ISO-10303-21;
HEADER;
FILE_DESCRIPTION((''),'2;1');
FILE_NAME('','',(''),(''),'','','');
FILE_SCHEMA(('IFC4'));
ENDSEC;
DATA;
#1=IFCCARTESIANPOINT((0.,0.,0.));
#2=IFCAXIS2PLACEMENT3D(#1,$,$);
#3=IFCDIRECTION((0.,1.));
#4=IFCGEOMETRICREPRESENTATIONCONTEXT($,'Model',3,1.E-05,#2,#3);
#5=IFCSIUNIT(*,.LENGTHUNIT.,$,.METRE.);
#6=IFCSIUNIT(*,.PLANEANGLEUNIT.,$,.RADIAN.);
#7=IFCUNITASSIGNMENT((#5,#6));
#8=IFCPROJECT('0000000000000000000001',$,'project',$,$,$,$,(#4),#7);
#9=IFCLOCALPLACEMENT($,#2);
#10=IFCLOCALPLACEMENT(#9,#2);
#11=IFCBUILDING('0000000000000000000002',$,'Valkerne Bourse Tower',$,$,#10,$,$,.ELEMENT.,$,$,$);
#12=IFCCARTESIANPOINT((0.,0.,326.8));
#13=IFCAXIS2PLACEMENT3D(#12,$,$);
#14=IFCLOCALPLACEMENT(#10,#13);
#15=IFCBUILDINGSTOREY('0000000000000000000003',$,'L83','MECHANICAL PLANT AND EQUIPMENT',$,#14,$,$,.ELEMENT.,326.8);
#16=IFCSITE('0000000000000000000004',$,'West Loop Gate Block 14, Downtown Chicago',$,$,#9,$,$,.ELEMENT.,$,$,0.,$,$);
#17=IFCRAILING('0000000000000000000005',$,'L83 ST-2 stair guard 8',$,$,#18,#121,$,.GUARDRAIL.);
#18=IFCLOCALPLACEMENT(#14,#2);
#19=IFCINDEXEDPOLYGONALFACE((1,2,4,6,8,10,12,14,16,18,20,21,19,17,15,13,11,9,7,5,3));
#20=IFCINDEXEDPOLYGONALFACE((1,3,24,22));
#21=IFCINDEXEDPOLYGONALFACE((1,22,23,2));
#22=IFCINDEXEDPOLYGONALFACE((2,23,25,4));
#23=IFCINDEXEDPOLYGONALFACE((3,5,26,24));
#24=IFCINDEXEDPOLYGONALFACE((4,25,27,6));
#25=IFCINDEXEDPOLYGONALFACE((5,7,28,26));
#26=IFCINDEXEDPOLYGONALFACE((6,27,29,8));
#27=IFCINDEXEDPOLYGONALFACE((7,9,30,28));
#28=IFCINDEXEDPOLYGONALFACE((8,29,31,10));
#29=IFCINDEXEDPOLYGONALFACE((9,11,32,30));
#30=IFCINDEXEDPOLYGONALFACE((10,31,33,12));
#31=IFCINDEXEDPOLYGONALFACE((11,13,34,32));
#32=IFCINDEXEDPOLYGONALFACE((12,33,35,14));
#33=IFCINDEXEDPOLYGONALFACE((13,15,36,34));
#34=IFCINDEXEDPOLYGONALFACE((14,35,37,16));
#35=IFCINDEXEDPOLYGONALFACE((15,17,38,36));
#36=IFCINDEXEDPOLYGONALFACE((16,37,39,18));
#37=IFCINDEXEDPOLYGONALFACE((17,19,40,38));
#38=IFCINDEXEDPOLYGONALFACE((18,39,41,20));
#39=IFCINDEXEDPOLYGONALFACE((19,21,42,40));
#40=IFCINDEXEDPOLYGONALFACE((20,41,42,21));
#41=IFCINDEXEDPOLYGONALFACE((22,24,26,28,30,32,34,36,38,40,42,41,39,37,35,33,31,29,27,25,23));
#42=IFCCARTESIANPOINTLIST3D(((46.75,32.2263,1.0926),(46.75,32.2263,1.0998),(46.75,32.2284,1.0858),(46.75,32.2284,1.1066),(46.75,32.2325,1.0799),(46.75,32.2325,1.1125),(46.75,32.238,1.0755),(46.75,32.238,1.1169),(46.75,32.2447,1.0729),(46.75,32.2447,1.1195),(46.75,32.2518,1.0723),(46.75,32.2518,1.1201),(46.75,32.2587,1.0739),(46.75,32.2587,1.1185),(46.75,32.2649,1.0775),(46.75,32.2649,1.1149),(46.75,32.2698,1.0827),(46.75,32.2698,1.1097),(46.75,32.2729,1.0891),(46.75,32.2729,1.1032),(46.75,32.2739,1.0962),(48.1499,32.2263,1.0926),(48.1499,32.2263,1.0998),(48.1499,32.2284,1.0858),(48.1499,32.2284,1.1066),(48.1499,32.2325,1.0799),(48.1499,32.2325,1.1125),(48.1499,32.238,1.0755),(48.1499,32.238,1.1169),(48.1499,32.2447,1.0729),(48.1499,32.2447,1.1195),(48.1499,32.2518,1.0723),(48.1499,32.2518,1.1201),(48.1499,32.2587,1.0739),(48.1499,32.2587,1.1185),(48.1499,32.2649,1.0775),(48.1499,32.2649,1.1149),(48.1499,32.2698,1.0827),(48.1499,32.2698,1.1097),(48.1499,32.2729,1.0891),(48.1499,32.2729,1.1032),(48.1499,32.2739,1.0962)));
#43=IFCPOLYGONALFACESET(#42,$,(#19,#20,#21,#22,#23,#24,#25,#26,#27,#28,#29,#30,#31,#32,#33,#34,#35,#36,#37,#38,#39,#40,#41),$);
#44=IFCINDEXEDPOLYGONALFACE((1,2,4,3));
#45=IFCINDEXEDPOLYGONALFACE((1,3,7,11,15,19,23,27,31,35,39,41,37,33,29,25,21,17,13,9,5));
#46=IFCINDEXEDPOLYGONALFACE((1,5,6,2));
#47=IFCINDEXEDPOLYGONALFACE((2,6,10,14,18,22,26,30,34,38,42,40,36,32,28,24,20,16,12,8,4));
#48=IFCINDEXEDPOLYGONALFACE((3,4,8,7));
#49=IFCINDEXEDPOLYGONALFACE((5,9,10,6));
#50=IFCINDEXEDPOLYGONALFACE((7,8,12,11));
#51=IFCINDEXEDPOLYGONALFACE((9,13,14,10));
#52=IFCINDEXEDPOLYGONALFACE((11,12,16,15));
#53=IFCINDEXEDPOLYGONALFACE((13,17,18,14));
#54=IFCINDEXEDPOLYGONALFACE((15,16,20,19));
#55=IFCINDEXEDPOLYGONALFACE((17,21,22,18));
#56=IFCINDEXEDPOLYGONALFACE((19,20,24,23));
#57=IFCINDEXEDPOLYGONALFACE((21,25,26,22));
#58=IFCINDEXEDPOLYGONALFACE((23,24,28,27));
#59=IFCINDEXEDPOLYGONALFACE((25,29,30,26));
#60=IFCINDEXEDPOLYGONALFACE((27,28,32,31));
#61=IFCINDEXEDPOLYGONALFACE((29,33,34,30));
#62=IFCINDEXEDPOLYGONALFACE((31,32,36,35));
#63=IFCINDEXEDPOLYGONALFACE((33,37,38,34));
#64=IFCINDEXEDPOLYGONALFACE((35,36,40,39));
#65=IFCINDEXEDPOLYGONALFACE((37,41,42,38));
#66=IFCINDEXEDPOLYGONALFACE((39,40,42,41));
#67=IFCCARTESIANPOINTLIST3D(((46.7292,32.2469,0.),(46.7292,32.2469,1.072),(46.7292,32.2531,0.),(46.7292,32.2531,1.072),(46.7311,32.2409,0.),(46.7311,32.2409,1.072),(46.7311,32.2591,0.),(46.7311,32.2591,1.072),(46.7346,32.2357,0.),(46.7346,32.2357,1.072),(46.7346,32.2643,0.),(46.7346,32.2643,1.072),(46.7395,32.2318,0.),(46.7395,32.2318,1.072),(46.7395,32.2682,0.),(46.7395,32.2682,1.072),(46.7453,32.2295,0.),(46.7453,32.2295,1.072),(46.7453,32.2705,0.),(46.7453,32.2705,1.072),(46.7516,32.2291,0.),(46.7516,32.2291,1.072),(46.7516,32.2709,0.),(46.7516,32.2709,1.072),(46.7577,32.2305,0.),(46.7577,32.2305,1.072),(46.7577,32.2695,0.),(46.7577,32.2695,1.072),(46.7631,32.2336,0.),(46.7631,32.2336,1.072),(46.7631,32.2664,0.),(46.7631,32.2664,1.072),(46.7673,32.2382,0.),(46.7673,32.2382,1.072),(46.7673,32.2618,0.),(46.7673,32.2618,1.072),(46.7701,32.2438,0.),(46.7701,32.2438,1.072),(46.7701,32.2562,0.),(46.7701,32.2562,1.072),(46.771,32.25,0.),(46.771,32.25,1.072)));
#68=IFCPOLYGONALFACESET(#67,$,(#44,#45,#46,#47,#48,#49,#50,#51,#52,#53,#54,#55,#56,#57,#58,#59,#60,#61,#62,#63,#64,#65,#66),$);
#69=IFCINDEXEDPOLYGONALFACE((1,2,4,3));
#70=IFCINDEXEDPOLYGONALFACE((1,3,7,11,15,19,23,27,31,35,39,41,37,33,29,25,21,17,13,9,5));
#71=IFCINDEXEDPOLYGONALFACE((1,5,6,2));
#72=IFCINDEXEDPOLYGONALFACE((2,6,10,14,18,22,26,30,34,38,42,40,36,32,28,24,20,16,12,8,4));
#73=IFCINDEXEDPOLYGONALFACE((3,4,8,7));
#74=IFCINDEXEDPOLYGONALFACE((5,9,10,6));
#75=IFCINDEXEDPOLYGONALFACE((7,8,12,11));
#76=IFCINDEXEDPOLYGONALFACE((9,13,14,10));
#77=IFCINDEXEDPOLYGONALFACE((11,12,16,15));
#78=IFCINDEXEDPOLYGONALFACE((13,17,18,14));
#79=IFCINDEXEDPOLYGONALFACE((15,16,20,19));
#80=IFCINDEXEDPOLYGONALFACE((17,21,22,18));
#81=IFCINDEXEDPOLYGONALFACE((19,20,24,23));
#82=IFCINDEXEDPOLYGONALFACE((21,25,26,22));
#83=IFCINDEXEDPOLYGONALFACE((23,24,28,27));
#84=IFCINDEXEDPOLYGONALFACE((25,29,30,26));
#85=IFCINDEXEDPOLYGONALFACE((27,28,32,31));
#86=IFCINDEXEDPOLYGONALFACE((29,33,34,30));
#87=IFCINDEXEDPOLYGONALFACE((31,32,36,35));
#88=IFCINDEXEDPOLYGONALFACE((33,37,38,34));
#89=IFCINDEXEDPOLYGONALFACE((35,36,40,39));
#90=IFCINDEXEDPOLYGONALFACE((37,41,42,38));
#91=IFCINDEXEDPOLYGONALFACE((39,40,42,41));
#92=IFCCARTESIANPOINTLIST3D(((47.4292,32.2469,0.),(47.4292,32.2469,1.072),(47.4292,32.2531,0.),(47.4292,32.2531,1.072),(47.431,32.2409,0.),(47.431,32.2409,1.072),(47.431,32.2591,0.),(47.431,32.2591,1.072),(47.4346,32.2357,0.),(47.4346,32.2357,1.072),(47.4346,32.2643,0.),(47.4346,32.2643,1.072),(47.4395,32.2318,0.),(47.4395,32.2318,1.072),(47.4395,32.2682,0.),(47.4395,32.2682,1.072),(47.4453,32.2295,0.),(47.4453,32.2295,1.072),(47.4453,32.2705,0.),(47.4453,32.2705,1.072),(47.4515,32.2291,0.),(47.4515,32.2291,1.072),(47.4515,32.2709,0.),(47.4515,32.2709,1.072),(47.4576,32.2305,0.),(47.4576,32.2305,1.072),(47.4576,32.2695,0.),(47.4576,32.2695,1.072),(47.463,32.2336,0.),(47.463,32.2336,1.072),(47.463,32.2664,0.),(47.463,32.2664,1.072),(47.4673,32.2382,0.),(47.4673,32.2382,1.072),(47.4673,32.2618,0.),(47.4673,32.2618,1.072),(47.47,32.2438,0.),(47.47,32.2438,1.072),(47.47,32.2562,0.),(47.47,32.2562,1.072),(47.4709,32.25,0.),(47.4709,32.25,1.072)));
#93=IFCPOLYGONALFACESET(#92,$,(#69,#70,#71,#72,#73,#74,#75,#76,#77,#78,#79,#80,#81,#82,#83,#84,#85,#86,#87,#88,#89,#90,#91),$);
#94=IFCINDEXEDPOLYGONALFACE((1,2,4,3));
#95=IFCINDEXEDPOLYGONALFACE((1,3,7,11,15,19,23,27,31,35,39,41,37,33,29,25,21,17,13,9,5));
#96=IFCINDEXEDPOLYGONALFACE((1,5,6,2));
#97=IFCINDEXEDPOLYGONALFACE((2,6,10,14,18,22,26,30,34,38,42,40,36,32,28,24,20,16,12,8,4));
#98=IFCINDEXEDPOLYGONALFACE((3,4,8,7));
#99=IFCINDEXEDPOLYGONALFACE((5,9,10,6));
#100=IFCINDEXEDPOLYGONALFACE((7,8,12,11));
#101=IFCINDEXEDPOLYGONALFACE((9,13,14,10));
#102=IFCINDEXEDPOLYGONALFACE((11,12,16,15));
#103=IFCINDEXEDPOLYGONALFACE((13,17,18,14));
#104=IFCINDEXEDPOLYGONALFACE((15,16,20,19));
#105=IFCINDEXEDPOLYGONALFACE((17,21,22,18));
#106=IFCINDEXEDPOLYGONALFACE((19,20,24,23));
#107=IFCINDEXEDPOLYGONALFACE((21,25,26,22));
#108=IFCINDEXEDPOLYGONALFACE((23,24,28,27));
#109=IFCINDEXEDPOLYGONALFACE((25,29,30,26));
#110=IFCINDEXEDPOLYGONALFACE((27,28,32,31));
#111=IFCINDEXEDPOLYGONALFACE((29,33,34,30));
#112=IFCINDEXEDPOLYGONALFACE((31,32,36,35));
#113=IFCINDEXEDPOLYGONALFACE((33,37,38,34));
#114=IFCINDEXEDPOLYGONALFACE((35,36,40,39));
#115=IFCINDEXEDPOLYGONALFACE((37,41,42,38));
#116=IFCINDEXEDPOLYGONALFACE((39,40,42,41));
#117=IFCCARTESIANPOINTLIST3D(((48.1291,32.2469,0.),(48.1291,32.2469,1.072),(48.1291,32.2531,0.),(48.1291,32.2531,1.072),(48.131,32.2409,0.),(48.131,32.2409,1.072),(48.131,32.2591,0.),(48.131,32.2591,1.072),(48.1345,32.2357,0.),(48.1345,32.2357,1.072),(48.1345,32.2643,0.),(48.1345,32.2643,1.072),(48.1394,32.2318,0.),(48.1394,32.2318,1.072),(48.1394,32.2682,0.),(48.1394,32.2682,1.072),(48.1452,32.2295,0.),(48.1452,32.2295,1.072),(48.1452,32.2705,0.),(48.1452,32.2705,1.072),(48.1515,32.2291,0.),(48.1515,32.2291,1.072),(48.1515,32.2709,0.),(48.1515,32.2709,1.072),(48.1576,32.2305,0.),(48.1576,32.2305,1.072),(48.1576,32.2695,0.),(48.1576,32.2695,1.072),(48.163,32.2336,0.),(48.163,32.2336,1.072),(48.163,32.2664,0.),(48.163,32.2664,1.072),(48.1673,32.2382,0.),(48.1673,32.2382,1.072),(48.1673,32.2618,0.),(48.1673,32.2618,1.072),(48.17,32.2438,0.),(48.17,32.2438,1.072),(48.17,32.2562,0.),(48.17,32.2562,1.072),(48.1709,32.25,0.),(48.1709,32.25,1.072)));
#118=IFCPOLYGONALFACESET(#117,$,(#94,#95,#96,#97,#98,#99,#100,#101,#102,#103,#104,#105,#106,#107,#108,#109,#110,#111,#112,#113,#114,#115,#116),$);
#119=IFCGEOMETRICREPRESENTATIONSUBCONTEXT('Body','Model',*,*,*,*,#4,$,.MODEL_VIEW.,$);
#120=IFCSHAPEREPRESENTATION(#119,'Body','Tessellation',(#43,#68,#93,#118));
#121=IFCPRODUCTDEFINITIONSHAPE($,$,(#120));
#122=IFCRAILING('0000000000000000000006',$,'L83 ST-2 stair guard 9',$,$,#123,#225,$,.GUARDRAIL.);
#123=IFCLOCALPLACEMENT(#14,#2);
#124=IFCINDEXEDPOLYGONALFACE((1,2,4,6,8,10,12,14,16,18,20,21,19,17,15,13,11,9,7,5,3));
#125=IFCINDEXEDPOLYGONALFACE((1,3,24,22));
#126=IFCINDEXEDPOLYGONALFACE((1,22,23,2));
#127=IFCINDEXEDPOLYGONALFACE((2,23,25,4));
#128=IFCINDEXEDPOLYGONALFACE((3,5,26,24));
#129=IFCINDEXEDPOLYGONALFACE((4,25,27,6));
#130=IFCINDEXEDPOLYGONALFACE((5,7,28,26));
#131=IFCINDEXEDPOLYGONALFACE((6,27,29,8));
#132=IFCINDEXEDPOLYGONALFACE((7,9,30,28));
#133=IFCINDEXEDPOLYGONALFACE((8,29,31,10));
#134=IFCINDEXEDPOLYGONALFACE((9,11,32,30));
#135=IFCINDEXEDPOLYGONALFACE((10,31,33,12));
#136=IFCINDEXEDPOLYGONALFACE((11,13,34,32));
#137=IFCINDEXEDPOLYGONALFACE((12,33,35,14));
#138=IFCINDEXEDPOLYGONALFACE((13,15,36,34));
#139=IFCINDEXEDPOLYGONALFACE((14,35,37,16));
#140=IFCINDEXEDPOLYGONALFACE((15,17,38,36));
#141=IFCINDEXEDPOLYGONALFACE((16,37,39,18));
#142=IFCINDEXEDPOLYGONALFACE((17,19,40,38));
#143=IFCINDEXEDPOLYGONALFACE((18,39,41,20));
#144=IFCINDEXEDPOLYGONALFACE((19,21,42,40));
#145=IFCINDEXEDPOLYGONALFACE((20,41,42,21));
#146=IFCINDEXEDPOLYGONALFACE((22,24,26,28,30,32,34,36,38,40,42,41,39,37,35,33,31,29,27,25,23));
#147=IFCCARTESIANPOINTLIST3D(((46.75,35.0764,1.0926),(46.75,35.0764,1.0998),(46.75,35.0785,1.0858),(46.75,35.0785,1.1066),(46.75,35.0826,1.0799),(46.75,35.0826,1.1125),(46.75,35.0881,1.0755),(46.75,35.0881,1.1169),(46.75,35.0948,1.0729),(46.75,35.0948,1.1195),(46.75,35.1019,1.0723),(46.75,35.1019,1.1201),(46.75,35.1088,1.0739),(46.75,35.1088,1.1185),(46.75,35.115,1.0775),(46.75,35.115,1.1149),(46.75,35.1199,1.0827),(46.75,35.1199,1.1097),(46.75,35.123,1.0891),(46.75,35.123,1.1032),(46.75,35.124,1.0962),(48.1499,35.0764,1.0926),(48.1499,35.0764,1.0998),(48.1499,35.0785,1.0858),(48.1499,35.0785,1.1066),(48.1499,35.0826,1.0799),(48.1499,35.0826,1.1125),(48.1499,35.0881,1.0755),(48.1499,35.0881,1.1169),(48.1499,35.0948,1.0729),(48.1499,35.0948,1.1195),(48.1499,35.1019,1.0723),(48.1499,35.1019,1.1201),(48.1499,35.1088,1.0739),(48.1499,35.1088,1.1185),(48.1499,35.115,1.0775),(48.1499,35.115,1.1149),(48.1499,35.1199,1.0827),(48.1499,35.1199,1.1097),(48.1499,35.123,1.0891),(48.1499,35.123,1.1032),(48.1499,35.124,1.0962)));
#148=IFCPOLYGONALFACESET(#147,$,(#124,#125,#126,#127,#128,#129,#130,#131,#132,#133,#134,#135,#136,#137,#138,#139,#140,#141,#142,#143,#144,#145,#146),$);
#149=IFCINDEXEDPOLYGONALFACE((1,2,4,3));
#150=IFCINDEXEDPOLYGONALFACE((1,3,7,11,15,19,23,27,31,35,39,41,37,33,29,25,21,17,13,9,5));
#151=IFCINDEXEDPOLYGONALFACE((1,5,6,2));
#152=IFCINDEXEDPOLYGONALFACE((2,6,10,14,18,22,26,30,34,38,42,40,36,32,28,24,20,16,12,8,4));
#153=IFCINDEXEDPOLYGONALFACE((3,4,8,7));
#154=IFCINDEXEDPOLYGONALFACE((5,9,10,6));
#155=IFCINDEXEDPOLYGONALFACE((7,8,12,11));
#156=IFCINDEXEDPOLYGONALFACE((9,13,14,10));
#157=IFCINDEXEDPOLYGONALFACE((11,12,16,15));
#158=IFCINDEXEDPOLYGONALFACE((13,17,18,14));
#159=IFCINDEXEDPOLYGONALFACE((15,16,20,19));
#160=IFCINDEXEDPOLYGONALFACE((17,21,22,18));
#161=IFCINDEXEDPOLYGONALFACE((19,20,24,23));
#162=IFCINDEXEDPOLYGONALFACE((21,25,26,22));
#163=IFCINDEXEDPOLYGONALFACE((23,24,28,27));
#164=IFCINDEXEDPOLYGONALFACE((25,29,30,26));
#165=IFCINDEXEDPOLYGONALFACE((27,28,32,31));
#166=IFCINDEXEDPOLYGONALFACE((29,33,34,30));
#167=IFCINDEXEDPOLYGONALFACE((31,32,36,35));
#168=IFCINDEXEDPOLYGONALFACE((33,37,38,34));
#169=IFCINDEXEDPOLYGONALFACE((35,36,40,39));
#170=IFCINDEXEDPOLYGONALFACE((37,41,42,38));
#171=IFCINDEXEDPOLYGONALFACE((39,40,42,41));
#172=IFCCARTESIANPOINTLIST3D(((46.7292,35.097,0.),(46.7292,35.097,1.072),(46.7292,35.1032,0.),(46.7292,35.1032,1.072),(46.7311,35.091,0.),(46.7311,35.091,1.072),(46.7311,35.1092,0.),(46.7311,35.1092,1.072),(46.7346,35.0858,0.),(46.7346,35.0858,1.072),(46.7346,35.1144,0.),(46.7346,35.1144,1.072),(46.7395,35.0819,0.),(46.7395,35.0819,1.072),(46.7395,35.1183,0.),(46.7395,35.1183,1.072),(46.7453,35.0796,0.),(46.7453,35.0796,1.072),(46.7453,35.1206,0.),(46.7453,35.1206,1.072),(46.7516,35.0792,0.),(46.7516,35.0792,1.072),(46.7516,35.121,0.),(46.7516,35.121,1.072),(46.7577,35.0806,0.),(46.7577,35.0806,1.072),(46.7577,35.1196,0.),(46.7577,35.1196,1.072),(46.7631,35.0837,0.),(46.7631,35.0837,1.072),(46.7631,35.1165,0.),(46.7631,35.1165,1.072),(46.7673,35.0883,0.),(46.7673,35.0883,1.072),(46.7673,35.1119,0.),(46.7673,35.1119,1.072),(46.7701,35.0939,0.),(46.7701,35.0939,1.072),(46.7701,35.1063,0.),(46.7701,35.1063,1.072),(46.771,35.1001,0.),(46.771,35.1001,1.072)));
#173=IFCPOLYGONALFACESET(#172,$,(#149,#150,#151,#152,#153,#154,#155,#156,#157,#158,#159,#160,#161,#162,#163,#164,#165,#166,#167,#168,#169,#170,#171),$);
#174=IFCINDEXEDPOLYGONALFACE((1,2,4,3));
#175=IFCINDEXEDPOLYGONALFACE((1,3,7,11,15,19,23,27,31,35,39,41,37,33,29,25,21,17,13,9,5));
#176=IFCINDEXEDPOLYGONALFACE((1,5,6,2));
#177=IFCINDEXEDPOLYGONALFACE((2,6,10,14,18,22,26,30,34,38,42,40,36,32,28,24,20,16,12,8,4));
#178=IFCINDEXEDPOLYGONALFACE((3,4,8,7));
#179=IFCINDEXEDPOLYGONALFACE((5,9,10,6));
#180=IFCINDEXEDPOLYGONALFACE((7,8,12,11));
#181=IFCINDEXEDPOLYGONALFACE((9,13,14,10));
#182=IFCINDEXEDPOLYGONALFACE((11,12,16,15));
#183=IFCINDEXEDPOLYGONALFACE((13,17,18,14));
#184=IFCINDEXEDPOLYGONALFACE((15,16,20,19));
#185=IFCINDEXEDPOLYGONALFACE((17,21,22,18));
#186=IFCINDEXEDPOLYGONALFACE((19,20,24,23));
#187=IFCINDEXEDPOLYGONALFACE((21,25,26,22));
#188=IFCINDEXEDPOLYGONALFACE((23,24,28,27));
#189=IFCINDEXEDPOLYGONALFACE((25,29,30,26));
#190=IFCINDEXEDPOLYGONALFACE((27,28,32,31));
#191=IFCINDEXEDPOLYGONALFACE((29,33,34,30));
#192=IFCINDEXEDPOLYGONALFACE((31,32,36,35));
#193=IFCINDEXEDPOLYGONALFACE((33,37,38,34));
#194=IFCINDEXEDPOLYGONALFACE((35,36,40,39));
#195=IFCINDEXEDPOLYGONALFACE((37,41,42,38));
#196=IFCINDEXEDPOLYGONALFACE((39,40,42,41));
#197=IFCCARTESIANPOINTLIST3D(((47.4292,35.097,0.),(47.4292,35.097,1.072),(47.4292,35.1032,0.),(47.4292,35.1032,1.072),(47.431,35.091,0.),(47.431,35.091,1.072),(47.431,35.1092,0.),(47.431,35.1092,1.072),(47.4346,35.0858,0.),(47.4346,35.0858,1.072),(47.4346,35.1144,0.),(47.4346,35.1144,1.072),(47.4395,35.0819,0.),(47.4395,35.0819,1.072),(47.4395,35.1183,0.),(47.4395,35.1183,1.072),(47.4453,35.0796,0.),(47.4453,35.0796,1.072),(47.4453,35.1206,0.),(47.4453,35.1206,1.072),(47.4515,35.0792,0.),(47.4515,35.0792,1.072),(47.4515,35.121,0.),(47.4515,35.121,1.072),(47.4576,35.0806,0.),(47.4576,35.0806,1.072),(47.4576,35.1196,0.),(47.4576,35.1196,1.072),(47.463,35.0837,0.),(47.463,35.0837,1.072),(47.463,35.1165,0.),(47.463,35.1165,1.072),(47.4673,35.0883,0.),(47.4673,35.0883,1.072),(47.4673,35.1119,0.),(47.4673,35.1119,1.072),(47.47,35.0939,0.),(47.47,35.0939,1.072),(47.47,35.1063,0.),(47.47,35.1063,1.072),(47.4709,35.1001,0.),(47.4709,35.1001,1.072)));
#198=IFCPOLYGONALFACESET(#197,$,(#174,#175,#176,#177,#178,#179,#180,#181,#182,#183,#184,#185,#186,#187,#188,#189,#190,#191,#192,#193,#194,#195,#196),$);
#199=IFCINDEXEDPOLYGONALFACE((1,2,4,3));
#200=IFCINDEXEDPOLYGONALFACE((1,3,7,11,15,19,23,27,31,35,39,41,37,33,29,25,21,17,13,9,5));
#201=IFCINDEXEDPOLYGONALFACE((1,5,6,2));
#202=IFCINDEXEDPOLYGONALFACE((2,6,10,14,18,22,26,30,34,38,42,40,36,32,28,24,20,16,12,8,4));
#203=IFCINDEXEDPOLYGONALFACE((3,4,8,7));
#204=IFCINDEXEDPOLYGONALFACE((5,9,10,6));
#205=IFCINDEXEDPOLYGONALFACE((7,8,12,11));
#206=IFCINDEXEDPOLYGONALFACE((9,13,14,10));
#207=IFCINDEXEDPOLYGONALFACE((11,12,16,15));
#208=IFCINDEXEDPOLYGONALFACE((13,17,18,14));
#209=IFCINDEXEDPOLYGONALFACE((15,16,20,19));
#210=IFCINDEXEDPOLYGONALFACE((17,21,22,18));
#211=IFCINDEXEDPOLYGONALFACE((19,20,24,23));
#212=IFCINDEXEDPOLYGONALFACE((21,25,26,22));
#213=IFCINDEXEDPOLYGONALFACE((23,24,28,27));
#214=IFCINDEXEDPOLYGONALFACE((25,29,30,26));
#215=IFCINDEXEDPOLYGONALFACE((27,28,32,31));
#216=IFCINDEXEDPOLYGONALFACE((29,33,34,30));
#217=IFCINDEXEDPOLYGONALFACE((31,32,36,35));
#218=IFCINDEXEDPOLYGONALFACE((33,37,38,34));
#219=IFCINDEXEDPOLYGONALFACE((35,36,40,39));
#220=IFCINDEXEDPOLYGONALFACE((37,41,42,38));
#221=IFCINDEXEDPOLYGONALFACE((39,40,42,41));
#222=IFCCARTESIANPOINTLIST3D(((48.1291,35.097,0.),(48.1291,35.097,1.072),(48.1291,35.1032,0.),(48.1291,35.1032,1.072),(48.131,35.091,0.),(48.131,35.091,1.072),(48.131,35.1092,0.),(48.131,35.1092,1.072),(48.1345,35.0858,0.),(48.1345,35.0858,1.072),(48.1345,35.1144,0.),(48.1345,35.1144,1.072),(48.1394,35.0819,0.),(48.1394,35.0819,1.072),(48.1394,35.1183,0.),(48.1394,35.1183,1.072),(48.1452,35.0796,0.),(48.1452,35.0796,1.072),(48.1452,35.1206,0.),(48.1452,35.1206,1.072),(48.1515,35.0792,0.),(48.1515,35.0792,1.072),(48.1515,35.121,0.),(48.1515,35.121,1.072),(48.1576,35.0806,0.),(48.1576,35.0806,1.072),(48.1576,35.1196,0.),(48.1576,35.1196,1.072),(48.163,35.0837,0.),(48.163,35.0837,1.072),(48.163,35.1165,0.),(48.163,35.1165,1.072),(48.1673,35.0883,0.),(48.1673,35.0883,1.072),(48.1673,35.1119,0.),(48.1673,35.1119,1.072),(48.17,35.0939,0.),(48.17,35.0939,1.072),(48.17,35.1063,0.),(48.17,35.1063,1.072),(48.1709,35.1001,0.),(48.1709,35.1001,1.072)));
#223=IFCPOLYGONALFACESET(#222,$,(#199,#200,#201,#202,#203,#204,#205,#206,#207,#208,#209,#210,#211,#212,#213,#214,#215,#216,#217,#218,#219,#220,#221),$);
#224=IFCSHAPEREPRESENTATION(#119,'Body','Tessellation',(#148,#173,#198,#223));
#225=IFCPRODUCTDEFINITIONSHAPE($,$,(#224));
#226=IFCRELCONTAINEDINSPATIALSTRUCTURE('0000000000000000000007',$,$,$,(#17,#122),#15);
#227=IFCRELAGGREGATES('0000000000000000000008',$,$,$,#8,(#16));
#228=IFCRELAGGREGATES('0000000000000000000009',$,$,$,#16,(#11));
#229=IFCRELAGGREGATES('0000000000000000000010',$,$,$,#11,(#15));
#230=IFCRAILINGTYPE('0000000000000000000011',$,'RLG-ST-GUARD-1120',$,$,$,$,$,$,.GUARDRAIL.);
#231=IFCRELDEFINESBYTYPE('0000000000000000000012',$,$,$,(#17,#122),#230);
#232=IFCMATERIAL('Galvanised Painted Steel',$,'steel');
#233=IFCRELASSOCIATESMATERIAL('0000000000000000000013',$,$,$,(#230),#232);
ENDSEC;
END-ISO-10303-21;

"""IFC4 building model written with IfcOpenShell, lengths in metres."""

from ifc_helpers import new_model, si_unit, direction, frame, origin, origin_2d, place, context, subcontext, project, spatial, circle, extrude, material, type_object, element, save


model = new_model("IFC4")

# Units and contexts
model_context = context("Model", 3, precision=1e-05, world=origin(), true_north=direction((0.0, 1.0)))
body_context = subcontext(model_context, "Body", "Model", "MODEL_VIEW")
ifc_project = project(units=[si_unit("LENGTHUNIT", "METRE"), si_unit("PLANEANGLEUNIT", "RADIAN")], contexts=[model_context])

# Site, building, storey
site_placement = place(None, origin())
site = spatial("IfcSite", under=ifc_project, at=site_placement, Name="West Loop Gate Block 14, Downtown Chicago", CompositionType="ELEMENT", RefElevation=0.0)
building_placement = place(site_placement, origin())
building = spatial("IfcBuilding", under=site, at=building_placement, Name="Valkerne Bourse Tower", CompositionType="ELEMENT")
storey_placement = place(building_placement, frame((0.0, 0.0, 326.8)))
storey = spatial("IfcBuildingStorey", under=building, at=storey_placement, Name="L83", Description="MECHANICAL PLANT AND EQUIPMENT", CompositionType="ELEMENT", Elevation=326.8)

# Shared definitions
ifc_material_1 = material(Name="Galvanised Painted Steel", Category="steel")

# Railings
railing_type = type_object("IfcRailingType", Name="RLG-ST-GUARD-1120", PredefinedType="GUARDRAIL", material=ifc_material_1)
for number, where, name in (
    (1, (46.75, 32.25, 0.0), "L83 ST-2 stair guard 8"),
    (2, (46.75, 35.1001, 0.0), "L83 ST-2 stair guard 9"),
):
    element("IfcRailing", number, at=place(storey_placement, frame(where)), inside=storey, type_object=railing_type, Name=name, PredefinedType="GUARDRAIL", context=body_context, shape_type="SweptSolid", body=[
        extrude(circle(Radius=0.0239, at=origin_2d()), frame((0.0, 0.0, 1.0962), z_axis=(1.0, 0.0, 0.0), x_axis=(0.0, 1.0, 0.0)), (0.0, 0.0, 1.0), 1.3999),
        extrude(circle(Radius=0.021, at=origin_2d()), origin(), (0.0, 0.0, 1.0), 1.072),
        extrude(circle(Radius=0.021, at=origin_2d()), frame((0.7, 0.0, 0.0)), (0.0, 0.0, 1.0), 1.072),
        extrude(circle(Radius=0.021, at=origin_2d()), frame((1.3999, 0.0, 0.0)), (0.0, 0.0, 1.0), 1.072),
    ])

save(model, "model.ifc")
